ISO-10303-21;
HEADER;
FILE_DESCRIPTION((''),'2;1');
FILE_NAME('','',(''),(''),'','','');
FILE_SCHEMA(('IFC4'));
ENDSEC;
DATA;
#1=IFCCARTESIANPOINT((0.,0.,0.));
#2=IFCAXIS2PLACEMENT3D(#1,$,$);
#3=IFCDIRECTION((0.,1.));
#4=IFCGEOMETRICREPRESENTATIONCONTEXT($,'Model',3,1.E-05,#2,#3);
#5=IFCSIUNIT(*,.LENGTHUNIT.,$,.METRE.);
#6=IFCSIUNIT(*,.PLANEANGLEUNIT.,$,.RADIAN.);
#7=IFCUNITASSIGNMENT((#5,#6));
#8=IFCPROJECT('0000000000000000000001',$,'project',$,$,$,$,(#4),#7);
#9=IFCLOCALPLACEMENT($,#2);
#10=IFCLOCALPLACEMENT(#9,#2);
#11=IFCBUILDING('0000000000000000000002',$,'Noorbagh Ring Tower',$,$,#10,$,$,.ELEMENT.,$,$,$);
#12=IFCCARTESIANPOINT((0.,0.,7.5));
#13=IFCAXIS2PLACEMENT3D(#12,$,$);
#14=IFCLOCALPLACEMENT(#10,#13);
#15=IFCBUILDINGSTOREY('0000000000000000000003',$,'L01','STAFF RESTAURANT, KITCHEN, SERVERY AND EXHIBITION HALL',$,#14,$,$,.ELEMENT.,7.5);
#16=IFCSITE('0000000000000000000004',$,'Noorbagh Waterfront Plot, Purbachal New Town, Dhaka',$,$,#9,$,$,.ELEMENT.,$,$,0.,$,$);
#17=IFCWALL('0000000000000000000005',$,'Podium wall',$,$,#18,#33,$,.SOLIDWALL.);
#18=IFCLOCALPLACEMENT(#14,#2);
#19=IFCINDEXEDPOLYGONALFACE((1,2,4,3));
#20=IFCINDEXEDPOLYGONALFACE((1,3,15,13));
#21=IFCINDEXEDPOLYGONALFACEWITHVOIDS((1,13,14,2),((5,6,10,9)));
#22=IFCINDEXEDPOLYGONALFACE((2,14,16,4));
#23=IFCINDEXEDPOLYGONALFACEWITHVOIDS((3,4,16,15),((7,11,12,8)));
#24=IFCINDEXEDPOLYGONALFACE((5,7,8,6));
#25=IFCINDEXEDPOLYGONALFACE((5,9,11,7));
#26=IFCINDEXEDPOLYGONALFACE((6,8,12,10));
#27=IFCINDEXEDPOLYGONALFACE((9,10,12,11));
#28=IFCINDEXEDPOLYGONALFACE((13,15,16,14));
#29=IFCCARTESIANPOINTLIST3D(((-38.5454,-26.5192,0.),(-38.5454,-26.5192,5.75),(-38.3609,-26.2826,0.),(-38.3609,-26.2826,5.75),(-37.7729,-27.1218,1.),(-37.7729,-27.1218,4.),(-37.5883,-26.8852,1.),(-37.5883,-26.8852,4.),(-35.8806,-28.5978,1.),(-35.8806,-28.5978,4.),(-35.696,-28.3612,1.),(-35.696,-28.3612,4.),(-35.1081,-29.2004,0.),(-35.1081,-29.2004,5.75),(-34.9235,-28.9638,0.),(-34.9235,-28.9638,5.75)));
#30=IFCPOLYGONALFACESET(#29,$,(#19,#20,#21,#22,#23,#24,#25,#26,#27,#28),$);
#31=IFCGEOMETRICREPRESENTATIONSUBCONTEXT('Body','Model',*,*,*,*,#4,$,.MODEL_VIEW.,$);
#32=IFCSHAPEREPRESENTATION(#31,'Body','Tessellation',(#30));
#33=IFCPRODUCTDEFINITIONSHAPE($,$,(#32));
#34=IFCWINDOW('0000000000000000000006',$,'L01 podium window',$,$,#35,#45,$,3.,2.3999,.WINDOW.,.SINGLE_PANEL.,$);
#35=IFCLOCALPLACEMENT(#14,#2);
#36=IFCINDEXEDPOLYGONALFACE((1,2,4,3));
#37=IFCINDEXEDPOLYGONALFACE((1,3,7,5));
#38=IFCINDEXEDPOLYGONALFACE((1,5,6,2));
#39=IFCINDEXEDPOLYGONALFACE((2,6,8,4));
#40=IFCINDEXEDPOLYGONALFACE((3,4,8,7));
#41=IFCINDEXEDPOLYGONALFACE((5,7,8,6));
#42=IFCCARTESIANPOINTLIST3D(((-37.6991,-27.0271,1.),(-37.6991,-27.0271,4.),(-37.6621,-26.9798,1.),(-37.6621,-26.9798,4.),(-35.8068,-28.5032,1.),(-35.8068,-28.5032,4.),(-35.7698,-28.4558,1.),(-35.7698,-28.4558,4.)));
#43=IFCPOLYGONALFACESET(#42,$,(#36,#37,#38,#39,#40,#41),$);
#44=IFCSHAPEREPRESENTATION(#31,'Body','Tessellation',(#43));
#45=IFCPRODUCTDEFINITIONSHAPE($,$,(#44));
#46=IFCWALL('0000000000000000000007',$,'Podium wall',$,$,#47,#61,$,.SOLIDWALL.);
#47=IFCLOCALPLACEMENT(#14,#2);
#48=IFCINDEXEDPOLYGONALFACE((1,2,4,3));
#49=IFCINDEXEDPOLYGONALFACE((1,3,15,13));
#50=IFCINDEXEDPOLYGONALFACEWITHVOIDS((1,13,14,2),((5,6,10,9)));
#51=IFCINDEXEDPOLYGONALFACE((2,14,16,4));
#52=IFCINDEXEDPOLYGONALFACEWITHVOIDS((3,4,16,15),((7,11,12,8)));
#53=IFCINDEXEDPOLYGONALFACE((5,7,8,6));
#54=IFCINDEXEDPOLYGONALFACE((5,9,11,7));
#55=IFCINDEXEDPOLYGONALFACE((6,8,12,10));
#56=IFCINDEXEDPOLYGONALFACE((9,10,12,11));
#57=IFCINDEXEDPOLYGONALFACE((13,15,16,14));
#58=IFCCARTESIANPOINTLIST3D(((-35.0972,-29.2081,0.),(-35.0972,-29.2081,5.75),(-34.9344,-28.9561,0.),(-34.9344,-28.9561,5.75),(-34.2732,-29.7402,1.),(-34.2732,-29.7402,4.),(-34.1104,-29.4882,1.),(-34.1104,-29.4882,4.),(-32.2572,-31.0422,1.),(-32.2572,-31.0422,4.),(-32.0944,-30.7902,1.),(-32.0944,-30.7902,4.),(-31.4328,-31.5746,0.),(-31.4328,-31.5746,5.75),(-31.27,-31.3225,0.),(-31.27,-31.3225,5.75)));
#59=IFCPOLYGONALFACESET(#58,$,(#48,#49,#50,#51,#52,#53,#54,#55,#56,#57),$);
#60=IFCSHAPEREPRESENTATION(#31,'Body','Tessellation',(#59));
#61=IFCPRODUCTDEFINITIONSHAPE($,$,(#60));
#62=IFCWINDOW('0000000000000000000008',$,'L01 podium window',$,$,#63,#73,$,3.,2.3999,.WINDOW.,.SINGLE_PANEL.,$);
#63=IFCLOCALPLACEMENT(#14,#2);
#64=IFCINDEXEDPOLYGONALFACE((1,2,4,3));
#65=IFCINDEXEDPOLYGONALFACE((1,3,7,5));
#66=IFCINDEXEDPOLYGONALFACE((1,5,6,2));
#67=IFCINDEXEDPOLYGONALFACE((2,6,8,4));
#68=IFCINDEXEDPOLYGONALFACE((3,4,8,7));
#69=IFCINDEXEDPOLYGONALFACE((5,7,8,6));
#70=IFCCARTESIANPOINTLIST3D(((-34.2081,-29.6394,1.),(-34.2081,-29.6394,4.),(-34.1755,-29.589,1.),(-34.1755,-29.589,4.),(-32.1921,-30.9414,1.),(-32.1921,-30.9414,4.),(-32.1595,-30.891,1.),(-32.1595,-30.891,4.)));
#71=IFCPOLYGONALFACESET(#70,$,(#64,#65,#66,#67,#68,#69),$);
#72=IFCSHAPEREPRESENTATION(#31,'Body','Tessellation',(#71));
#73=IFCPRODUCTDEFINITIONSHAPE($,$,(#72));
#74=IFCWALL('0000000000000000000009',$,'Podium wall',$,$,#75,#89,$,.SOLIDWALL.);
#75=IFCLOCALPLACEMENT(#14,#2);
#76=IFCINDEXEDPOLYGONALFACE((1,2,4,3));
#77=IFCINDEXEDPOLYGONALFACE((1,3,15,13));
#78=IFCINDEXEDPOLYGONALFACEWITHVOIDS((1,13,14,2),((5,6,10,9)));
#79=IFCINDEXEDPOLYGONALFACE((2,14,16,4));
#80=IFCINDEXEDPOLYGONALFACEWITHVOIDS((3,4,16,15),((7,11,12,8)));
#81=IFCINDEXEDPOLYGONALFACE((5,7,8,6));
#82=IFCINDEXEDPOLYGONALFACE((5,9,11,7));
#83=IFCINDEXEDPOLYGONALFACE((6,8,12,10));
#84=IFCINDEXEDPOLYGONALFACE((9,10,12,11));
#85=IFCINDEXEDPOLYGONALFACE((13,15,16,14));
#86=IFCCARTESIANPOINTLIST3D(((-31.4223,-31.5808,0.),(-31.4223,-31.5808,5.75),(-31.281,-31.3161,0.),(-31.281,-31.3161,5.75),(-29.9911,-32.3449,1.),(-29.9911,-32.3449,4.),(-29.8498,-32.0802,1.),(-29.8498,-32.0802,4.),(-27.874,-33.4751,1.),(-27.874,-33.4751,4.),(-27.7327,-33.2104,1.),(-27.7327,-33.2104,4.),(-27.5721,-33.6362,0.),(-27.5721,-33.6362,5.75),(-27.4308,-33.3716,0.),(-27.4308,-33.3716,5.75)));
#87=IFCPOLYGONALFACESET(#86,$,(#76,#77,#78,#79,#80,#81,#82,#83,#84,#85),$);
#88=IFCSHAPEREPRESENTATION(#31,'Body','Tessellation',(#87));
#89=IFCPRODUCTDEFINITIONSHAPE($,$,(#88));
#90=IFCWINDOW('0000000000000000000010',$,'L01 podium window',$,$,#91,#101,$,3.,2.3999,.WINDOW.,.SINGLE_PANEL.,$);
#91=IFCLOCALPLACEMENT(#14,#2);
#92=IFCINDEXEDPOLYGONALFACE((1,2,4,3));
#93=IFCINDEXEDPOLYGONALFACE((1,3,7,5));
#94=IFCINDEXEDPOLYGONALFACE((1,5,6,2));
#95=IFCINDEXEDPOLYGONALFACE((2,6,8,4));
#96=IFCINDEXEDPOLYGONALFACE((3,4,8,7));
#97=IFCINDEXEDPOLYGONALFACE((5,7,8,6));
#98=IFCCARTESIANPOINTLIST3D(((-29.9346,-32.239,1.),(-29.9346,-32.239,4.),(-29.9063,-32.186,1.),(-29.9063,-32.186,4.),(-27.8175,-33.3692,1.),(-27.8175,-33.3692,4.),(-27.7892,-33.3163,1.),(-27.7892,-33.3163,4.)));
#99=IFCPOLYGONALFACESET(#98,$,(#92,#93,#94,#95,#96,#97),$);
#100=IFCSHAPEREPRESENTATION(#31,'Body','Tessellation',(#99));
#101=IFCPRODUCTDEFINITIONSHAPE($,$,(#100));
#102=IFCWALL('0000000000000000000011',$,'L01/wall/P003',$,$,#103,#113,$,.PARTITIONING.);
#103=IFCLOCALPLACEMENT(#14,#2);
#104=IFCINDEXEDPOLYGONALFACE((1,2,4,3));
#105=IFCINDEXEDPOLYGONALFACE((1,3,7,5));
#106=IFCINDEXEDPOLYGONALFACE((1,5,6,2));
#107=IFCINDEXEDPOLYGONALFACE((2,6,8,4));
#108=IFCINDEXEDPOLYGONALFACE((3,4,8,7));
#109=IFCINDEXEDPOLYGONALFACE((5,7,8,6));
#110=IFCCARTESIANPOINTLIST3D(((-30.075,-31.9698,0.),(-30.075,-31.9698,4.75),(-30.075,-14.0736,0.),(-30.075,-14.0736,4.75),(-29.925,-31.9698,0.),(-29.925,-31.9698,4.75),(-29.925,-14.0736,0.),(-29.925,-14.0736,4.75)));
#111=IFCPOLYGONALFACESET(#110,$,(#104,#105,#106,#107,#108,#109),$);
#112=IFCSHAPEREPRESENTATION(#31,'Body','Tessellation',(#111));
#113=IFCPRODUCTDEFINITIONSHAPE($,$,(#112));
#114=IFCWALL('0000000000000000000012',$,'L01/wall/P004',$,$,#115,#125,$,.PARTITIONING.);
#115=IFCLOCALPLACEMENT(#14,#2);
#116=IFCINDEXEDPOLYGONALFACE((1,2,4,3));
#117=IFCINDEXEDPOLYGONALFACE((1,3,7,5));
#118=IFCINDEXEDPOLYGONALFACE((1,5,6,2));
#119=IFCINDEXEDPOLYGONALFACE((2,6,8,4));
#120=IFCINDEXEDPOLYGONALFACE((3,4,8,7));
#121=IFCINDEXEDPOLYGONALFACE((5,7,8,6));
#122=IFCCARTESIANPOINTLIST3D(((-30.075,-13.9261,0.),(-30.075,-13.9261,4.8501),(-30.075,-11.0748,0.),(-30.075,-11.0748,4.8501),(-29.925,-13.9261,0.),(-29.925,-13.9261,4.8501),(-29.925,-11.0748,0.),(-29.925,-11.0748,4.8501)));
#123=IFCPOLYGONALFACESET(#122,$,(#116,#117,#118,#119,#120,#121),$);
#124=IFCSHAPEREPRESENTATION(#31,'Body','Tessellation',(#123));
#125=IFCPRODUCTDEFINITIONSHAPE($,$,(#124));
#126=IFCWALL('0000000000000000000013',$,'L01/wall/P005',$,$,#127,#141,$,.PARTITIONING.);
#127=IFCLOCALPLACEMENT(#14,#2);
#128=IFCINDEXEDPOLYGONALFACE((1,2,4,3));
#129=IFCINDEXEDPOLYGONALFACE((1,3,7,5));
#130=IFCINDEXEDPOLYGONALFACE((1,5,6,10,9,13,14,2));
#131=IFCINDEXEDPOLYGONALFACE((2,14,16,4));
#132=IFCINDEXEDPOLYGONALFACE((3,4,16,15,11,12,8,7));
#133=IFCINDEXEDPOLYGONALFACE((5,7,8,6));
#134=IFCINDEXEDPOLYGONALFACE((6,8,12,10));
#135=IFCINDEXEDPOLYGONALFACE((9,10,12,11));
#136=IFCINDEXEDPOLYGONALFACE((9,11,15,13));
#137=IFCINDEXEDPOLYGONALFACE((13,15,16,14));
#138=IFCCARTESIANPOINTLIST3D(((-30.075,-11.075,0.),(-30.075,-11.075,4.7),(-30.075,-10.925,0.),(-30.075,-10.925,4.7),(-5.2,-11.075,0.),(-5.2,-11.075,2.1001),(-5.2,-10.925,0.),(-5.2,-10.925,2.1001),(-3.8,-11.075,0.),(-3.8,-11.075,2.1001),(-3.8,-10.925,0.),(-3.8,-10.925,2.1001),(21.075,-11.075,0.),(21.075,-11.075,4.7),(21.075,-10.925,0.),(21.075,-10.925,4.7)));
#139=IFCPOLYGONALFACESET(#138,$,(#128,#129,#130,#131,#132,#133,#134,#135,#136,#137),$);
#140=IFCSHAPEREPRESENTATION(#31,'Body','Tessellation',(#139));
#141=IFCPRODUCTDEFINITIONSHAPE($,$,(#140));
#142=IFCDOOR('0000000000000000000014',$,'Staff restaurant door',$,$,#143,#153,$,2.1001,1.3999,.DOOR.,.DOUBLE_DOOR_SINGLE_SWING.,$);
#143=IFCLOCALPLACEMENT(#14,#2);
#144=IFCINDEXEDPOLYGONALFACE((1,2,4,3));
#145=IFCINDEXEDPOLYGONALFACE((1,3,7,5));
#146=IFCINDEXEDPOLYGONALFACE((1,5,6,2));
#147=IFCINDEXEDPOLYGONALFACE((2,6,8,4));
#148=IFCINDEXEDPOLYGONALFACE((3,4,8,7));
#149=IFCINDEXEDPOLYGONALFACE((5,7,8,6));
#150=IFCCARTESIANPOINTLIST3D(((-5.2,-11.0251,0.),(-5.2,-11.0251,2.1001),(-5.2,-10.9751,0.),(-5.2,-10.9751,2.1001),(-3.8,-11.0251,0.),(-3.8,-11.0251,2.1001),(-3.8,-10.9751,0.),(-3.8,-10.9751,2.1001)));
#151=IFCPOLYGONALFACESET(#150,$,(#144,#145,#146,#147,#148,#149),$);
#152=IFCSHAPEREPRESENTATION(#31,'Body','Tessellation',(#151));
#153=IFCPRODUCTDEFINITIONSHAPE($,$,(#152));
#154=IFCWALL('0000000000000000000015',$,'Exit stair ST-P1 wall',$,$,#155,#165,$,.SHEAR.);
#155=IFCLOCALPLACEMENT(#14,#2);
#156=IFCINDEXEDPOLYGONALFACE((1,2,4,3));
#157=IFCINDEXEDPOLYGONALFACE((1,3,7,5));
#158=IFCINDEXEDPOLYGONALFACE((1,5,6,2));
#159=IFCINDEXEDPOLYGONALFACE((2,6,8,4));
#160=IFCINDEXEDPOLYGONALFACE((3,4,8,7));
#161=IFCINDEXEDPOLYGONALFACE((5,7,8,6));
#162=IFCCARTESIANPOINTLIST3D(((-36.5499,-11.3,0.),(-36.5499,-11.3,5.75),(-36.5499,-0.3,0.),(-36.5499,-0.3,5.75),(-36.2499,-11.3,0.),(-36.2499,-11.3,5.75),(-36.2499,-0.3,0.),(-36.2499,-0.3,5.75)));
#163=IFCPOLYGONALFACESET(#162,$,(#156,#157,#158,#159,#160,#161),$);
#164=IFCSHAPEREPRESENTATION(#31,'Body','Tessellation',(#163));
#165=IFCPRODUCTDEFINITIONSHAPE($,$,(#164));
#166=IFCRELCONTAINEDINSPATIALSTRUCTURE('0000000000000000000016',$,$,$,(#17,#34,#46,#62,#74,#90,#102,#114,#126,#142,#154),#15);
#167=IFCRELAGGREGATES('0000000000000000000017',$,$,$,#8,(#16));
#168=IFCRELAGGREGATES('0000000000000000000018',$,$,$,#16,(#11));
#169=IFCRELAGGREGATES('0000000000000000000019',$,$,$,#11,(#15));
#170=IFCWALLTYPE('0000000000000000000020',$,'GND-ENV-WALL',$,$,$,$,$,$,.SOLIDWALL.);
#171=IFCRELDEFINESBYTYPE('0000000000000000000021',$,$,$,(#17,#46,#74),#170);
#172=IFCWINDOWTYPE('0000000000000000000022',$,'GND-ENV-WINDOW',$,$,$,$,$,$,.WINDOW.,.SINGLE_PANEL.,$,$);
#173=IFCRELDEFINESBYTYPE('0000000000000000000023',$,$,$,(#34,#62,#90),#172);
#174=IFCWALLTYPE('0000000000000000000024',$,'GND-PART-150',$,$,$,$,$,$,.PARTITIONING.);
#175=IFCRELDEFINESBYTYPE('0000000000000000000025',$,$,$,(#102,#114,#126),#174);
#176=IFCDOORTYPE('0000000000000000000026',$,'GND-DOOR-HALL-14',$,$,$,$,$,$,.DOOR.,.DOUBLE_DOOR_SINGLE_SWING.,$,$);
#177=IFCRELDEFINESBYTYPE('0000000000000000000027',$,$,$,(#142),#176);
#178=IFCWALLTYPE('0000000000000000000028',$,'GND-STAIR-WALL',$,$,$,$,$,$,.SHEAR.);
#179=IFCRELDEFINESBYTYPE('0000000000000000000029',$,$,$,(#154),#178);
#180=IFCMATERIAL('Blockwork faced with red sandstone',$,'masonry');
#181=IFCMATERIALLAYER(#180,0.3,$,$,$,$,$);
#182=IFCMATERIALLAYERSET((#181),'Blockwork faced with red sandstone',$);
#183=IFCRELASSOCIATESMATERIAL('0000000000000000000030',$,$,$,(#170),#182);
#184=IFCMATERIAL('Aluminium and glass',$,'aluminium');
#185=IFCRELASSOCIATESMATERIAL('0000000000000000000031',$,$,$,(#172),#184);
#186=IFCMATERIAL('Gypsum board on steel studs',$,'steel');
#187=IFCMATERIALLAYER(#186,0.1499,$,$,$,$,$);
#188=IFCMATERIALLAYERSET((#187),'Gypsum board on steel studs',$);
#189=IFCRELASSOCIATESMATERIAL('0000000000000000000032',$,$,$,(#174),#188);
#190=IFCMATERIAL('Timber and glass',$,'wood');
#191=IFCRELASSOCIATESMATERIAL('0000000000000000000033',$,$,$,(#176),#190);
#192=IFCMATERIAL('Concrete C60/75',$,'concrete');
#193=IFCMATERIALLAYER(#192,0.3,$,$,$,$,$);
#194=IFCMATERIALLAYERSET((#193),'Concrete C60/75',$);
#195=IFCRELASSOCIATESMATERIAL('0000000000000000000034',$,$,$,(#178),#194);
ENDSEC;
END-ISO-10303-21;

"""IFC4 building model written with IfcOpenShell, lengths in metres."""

from ifc_helpers import new_model, si_unit, direction, frame, frame_2d, origin, place, context, subcontext, project, spatial, rectangle, extrude, material, layer, layer_set, type_object, element, fill, save


model = new_model("IFC4")

# Units and contexts
model_context = context("Model", 3, precision=1e-05, world=origin(), true_north=direction((0.0, 1.0)))
body_context = subcontext(model_context, "Body", "Model", "MODEL_VIEW")
ifc_project = project(units=[si_unit("LENGTHUNIT", "METRE"), si_unit("PLANEANGLEUNIT", "RADIAN")], contexts=[model_context])

# Site, building, storey
site_placement = place(None, origin())
site = spatial("IfcSite", under=ifc_project, at=site_placement, Name="Noorbagh Waterfront Plot, Purbachal New Town, Dhaka", CompositionType="ELEMENT", RefElevation=0.0)
building_placement = place(site_placement, origin())
building = spatial("IfcBuilding", under=site, at=building_placement, Name="Noorbagh Ring Tower", CompositionType="ELEMENT")
storey_placement = place(building_placement, frame((0.0, 0.0, 7.5)))
storey = spatial("IfcBuildingStorey", under=building, at=storey_placement, Name="L01", Description="STAFF RESTAURANT, KITCHEN, SERVERY AND EXHIBITION HALL", CompositionType="ELEMENT", Elevation=7.5)

# Walls, openings, windows
ifc_material_1 = material(Name="Blockwork faced with red sandstone", Category="masonry")
ifc_layer_1 = layer(ifc_material_1, 0.3)
ifc_layer_set_1 = layer_set([ifc_layer_1], Name="Blockwork faced with red sandstone")
wall_type_1 = type_object("IfcWallType", Name="GND-ENV-WALL", PredefinedType="SOLIDWALL", material=ifc_layer_set_1)
wall_1_placement = place(storey_placement, frame((-38.4531, -26.4009, 0.0), z_axis=(0.0, 0.0, 1.0), x_axis=(0.788492, -0.615045, 0.0)))
wall_1 = element("IfcWall", 1, at=wall_1_placement, inside=storey, type_object=wall_type_1, Name="Podium wall", PredefinedType="SOLIDWALL", context=body_context, shape_type="SweptSolid", body=[
    extrude(rectangle(XDim=4.3594, YDim=0.3, at=frame_2d((2.1797, 0.0))), origin(), (0.0, 0.0, 1.0), 5.75),
])
opening_1_placement = place(wall_1_placement, frame((0.9797, 0.0, 1.0)))
opening_1 = element("IfcOpeningElement", 2, at=opening_1_placement, cuts=wall_1, PredefinedType="OPENING", context=body_context, shape_type="SweptSolid", body=[
    extrude(rectangle(XDim=2.3999, YDim=3.0, at=frame_2d((1.2, 1.5))), frame((0.0, 0.1602, 0.0), z_axis=(0.0, -1.0, 0.0), x_axis=(1.0, 0.0, 0.0)), (0.0, 0.0, 1.0), 0.3201),
])
ifc_material_2 = material(Name="Aluminium and glass", Category="aluminium")
window_type = type_object("IfcWindowType", Name="GND-ENV-WINDOW", PartitioningType="SINGLE_PANEL", PredefinedType="WINDOW", material=ifc_material_2)
window_1_placement = place(opening_1_placement, origin())
window_1 = element("IfcWindow", 3, at=window_1_placement, inside=storey, type_object=window_type, Name="L01 podium window", OverallHeight=3.0, OverallWidth=2.3999, PartitioningType="SINGLE_PANEL", PredefinedType="WINDOW", context=body_context, shape_type="SweptSolid", body=[
    extrude(rectangle(XDim=2.3999, YDim=3.0, at=frame_2d((1.2, 1.5))), frame((0.0, 0.03, 0.0), z_axis=(0.0, -1.0, 0.0), x_axis=(1.0, 0.0, 0.0)), (0.0, 0.0, 1.0), 0.0601),
])
fill(opening_1, window_1)
wall_2_placement = place(storey_placement, frame((-35.0159, -29.082, 0.0), z_axis=(0.0, 0.0, 1.0), x_axis=(0.840047, -0.542513, 0.0)))
wall_2 = element("IfcWall", 4, at=wall_2_placement, inside=storey, type_object=wall_type_1, Name="Podium wall", PredefinedType="SOLIDWALL", context=body_context, shape_type="SweptSolid", body=[
    extrude(rectangle(XDim=4.3621, YDim=0.3, at=frame_2d((2.1812, 0.0))), origin(), (0.0, 0.0, 1.0), 5.75),
])
opening_2_placement = place(wall_2_placement, frame((0.981, 0.0, 1.0)))
opening_2 = element("IfcOpeningElement", 5, at=opening_2_placement, cuts=wall_2, PredefinedType="OPENING", context=body_context, shape_type="SweptSolid", body=[
    extrude(rectangle(XDim=2.3999, YDim=3.0, at=frame_2d((1.2, 1.5))), frame((0.0, 0.1602, 0.0), z_axis=(0.0, -1.0, 0.0), x_axis=(1.0, 0.0, 0.0)), (0.0, 0.0, 1.0), 0.3201),
])
window_2_placement = place(opening_2_placement, origin())
window_2 = element("IfcWindow", 6, at=window_2_placement, inside=storey, type_object=window_type, Name="L01 podium window", OverallHeight=3.0, OverallWidth=2.3999, PartitioningType="SINGLE_PANEL", PredefinedType="WINDOW", context=body_context, shape_type="SweptSolid", body=[
    extrude(rectangle(XDim=2.3999, YDim=3.0, at=frame_2d((1.2, 1.5))), frame((0.0, 0.03, 0.0), z_axis=(0.0, -1.0, 0.0), x_axis=(1.0, 0.0, 0.0)), (0.0, 0.0, 1.0), 0.0601),
])
fill(opening_2, window_2)
wall_3_placement = place(storey_placement, frame((-31.3516, -31.4485, 0.0), z_axis=(0.0, 0.0, 1.0), x_axis=(0.882159, -0.470951, 0.0)))
wall_3 = element("IfcWall", 7, at=wall_3_placement, inside=storey, type_object=wall_type_1, Name="Podium wall", PredefinedType="SOLIDWALL", context=body_context, shape_type="SweptSolid", body=[
    extrude(rectangle(XDim=4.3645, YDim=0.3, at=frame_2d((2.1821, 0.0))), origin(), (0.0, 0.0, 1.0), 5.75),
])
opening_3_placement = place(wall_3_placement, frame((1.6223, 0.0, 1.0)))
opening_3 = element("IfcOpeningElement", 8, at=opening_3_placement, cuts=wall_3, PredefinedType="OPENING", context=body_context, shape_type="SweptSolid", body=[
    extrude(rectangle(XDim=2.3999, YDim=3.0, at=frame_2d((1.2, 1.5))), frame((0.0, 0.1602, 0.0), z_axis=(0.0, -1.0, 0.0), x_axis=(1.0, 0.0, 0.0)), (0.0, 0.0, 1.0), 0.3201),
])
window_3_placement = place(opening_3_placement, origin())
window_3 = element("IfcWindow", 9, at=window_3_placement, inside=storey, type_object=window_type, Name="L01 podium window", OverallHeight=3.0, OverallWidth=2.3999, PartitioningType="SINGLE_PANEL", PredefinedType="WINDOW", context=body_context, shape_type="SweptSolid", body=[
    extrude(rectangle(XDim=2.3999, YDim=3.0, at=frame_2d((1.2, 1.5))), frame((0.0, 0.03, 0.0), z_axis=(0.0, -1.0, 0.0), x_axis=(1.0, 0.0, 0.0)), (0.0, 0.0, 1.0), 0.0601),
])
fill(opening_3, window_3)

# Walls
ifc_material_3 = material(Name="Gypsum board on steel studs", Category="steel")
ifc_layer_2 = layer(ifc_material_3, 0.1499)
ifc_layer_set_2 = layer_set([ifc_layer_2], Name="Gypsum board on steel studs")
wall_type_2 = type_object("IfcWallType", Name="GND-PART-150", PredefinedType="PARTITIONING", material=ifc_layer_set_2)
wall_4_placement = place(storey_placement, frame((-30.0, -31.97, 0.0), z_axis=(0.0, 0.0, 1.0), x_axis=(0.0, 1.0, 0.0)))
element("IfcWall", 10, at=wall_4_placement, inside=storey, type_object=wall_type_2, Name="L01/wall/P003", PredefinedType="PARTITIONING", context=body_context, shape_type="SweptSolid", body=[
    extrude(rectangle(XDim=17.8962, YDim=0.1499, at=frame_2d((8.9482, 0.0))), origin(), (0.0, 0.0, 1.0), 4.75),
])
wall_5_placement = place(storey_placement, frame((-30.0, -13.9263, 0.0), z_axis=(0.0, 0.0, 1.0), x_axis=(0.0, 1.0, 0.0)))
element("IfcWall", 11, at=wall_5_placement, inside=storey, type_object=wall_type_2, Name="L01/wall/P004", PredefinedType="PARTITIONING", context=body_context, shape_type="SweptSolid", body=[
    extrude(rectangle(XDim=2.8513, YDim=0.1499, at=frame_2d((1.4258, 0.0))), origin(), (0.0, 0.0, 1.0), 4.8501),
])

# Wall, opening, door
wall_6_placement = place(storey_placement, frame((-30.075, -11.0, 0.0), z_axis=(0.0, 0.0, 1.0), x_axis=(1.0, 0.0, 0.0)))
wall_6 = element("IfcWall", 12, at=wall_6_placement, inside=storey, type_object=wall_type_2, Name="L01/wall/P005", PredefinedType="PARTITIONING", context=body_context, shape_type="SweptSolid", body=[
    extrude(rectangle(XDim=51.1499, YDim=0.1499, at=frame_2d((25.575, 0.0))), origin(), (0.0, 0.0, 1.0), 4.7),
])
opening_4_placement = place(wall_6_placement, frame((24.875, 0.0, 0.0)))
opening_4 = element("IfcOpeningElement", 13, at=opening_4_placement, cuts=wall_6, PredefinedType="OPENING", context=body_context, shape_type="SweptSolid", body=[
    extrude(rectangle(XDim=1.3999, YDim=2.1001, at=frame_2d((0.7, 1.05))), frame((0.0, 0.085, 0.0), z_axis=(0.0, -1.0, 0.0), x_axis=(1.0, 0.0, 0.0)), (0.0, 0.0, 1.0), 0.1699),
])
ifc_material_4 = material(Name="Timber and glass", Category="wood")
door_type = type_object("IfcDoorType", Name="GND-DOOR-HALL-14", OperationType="DOUBLE_DOOR_SINGLE_SWING", PredefinedType="DOOR", material=ifc_material_4)
door_placement = place(opening_4_placement, origin())
door = element("IfcDoor", 14, at=door_placement, inside=storey, type_object=door_type, Name="Staff restaurant door", OperationType="DOUBLE_DOOR_SINGLE_SWING", OverallHeight=2.1001, OverallWidth=1.3999, PredefinedType="DOOR", context=body_context, shape_type="SweptSolid", body=[
    extrude(rectangle(XDim=1.3999, YDim=2.1001, at=frame_2d((0.7, 1.05))), frame((0.0, 0.0249, 0.0), z_axis=(0.0, -1.0, 0.0), x_axis=(1.0, 0.0, 0.0)), (0.0, 0.0, 1.0), 0.05),
])
fill(opening_4, door)

# Wall
ifc_material_5 = material(Name="Concrete C60/75", Category="concrete")
ifc_layer_3 = layer(ifc_material_5, 0.3)
ifc_layer_set_3 = layer_set([ifc_layer_3], Name="Concrete C60/75")
wall_type_3 = type_object("IfcWallType", Name="GND-STAIR-WALL", PredefinedType="SHEAR", material=ifc_layer_set_3)
wall_7_placement = place(storey_placement, frame((-36.3999, -11.3, 0.0), z_axis=(0.0, 0.0, 1.0), x_axis=(0.0, 1.0, 0.0)))
element("IfcWall", 15, at=wall_7_placement, inside=storey, type_object=wall_type_3, Name="Exit stair ST-P1 wall", PredefinedType="SHEAR", context=body_context, shape_type="SweptSolid", body=[
    extrude(rectangle(XDim=11.0, YDim=0.3, at=frame_2d((5.5, 0.0))), origin(), (0.0, 0.0, 1.0), 5.75),
])

save(model, "model.ifc")
